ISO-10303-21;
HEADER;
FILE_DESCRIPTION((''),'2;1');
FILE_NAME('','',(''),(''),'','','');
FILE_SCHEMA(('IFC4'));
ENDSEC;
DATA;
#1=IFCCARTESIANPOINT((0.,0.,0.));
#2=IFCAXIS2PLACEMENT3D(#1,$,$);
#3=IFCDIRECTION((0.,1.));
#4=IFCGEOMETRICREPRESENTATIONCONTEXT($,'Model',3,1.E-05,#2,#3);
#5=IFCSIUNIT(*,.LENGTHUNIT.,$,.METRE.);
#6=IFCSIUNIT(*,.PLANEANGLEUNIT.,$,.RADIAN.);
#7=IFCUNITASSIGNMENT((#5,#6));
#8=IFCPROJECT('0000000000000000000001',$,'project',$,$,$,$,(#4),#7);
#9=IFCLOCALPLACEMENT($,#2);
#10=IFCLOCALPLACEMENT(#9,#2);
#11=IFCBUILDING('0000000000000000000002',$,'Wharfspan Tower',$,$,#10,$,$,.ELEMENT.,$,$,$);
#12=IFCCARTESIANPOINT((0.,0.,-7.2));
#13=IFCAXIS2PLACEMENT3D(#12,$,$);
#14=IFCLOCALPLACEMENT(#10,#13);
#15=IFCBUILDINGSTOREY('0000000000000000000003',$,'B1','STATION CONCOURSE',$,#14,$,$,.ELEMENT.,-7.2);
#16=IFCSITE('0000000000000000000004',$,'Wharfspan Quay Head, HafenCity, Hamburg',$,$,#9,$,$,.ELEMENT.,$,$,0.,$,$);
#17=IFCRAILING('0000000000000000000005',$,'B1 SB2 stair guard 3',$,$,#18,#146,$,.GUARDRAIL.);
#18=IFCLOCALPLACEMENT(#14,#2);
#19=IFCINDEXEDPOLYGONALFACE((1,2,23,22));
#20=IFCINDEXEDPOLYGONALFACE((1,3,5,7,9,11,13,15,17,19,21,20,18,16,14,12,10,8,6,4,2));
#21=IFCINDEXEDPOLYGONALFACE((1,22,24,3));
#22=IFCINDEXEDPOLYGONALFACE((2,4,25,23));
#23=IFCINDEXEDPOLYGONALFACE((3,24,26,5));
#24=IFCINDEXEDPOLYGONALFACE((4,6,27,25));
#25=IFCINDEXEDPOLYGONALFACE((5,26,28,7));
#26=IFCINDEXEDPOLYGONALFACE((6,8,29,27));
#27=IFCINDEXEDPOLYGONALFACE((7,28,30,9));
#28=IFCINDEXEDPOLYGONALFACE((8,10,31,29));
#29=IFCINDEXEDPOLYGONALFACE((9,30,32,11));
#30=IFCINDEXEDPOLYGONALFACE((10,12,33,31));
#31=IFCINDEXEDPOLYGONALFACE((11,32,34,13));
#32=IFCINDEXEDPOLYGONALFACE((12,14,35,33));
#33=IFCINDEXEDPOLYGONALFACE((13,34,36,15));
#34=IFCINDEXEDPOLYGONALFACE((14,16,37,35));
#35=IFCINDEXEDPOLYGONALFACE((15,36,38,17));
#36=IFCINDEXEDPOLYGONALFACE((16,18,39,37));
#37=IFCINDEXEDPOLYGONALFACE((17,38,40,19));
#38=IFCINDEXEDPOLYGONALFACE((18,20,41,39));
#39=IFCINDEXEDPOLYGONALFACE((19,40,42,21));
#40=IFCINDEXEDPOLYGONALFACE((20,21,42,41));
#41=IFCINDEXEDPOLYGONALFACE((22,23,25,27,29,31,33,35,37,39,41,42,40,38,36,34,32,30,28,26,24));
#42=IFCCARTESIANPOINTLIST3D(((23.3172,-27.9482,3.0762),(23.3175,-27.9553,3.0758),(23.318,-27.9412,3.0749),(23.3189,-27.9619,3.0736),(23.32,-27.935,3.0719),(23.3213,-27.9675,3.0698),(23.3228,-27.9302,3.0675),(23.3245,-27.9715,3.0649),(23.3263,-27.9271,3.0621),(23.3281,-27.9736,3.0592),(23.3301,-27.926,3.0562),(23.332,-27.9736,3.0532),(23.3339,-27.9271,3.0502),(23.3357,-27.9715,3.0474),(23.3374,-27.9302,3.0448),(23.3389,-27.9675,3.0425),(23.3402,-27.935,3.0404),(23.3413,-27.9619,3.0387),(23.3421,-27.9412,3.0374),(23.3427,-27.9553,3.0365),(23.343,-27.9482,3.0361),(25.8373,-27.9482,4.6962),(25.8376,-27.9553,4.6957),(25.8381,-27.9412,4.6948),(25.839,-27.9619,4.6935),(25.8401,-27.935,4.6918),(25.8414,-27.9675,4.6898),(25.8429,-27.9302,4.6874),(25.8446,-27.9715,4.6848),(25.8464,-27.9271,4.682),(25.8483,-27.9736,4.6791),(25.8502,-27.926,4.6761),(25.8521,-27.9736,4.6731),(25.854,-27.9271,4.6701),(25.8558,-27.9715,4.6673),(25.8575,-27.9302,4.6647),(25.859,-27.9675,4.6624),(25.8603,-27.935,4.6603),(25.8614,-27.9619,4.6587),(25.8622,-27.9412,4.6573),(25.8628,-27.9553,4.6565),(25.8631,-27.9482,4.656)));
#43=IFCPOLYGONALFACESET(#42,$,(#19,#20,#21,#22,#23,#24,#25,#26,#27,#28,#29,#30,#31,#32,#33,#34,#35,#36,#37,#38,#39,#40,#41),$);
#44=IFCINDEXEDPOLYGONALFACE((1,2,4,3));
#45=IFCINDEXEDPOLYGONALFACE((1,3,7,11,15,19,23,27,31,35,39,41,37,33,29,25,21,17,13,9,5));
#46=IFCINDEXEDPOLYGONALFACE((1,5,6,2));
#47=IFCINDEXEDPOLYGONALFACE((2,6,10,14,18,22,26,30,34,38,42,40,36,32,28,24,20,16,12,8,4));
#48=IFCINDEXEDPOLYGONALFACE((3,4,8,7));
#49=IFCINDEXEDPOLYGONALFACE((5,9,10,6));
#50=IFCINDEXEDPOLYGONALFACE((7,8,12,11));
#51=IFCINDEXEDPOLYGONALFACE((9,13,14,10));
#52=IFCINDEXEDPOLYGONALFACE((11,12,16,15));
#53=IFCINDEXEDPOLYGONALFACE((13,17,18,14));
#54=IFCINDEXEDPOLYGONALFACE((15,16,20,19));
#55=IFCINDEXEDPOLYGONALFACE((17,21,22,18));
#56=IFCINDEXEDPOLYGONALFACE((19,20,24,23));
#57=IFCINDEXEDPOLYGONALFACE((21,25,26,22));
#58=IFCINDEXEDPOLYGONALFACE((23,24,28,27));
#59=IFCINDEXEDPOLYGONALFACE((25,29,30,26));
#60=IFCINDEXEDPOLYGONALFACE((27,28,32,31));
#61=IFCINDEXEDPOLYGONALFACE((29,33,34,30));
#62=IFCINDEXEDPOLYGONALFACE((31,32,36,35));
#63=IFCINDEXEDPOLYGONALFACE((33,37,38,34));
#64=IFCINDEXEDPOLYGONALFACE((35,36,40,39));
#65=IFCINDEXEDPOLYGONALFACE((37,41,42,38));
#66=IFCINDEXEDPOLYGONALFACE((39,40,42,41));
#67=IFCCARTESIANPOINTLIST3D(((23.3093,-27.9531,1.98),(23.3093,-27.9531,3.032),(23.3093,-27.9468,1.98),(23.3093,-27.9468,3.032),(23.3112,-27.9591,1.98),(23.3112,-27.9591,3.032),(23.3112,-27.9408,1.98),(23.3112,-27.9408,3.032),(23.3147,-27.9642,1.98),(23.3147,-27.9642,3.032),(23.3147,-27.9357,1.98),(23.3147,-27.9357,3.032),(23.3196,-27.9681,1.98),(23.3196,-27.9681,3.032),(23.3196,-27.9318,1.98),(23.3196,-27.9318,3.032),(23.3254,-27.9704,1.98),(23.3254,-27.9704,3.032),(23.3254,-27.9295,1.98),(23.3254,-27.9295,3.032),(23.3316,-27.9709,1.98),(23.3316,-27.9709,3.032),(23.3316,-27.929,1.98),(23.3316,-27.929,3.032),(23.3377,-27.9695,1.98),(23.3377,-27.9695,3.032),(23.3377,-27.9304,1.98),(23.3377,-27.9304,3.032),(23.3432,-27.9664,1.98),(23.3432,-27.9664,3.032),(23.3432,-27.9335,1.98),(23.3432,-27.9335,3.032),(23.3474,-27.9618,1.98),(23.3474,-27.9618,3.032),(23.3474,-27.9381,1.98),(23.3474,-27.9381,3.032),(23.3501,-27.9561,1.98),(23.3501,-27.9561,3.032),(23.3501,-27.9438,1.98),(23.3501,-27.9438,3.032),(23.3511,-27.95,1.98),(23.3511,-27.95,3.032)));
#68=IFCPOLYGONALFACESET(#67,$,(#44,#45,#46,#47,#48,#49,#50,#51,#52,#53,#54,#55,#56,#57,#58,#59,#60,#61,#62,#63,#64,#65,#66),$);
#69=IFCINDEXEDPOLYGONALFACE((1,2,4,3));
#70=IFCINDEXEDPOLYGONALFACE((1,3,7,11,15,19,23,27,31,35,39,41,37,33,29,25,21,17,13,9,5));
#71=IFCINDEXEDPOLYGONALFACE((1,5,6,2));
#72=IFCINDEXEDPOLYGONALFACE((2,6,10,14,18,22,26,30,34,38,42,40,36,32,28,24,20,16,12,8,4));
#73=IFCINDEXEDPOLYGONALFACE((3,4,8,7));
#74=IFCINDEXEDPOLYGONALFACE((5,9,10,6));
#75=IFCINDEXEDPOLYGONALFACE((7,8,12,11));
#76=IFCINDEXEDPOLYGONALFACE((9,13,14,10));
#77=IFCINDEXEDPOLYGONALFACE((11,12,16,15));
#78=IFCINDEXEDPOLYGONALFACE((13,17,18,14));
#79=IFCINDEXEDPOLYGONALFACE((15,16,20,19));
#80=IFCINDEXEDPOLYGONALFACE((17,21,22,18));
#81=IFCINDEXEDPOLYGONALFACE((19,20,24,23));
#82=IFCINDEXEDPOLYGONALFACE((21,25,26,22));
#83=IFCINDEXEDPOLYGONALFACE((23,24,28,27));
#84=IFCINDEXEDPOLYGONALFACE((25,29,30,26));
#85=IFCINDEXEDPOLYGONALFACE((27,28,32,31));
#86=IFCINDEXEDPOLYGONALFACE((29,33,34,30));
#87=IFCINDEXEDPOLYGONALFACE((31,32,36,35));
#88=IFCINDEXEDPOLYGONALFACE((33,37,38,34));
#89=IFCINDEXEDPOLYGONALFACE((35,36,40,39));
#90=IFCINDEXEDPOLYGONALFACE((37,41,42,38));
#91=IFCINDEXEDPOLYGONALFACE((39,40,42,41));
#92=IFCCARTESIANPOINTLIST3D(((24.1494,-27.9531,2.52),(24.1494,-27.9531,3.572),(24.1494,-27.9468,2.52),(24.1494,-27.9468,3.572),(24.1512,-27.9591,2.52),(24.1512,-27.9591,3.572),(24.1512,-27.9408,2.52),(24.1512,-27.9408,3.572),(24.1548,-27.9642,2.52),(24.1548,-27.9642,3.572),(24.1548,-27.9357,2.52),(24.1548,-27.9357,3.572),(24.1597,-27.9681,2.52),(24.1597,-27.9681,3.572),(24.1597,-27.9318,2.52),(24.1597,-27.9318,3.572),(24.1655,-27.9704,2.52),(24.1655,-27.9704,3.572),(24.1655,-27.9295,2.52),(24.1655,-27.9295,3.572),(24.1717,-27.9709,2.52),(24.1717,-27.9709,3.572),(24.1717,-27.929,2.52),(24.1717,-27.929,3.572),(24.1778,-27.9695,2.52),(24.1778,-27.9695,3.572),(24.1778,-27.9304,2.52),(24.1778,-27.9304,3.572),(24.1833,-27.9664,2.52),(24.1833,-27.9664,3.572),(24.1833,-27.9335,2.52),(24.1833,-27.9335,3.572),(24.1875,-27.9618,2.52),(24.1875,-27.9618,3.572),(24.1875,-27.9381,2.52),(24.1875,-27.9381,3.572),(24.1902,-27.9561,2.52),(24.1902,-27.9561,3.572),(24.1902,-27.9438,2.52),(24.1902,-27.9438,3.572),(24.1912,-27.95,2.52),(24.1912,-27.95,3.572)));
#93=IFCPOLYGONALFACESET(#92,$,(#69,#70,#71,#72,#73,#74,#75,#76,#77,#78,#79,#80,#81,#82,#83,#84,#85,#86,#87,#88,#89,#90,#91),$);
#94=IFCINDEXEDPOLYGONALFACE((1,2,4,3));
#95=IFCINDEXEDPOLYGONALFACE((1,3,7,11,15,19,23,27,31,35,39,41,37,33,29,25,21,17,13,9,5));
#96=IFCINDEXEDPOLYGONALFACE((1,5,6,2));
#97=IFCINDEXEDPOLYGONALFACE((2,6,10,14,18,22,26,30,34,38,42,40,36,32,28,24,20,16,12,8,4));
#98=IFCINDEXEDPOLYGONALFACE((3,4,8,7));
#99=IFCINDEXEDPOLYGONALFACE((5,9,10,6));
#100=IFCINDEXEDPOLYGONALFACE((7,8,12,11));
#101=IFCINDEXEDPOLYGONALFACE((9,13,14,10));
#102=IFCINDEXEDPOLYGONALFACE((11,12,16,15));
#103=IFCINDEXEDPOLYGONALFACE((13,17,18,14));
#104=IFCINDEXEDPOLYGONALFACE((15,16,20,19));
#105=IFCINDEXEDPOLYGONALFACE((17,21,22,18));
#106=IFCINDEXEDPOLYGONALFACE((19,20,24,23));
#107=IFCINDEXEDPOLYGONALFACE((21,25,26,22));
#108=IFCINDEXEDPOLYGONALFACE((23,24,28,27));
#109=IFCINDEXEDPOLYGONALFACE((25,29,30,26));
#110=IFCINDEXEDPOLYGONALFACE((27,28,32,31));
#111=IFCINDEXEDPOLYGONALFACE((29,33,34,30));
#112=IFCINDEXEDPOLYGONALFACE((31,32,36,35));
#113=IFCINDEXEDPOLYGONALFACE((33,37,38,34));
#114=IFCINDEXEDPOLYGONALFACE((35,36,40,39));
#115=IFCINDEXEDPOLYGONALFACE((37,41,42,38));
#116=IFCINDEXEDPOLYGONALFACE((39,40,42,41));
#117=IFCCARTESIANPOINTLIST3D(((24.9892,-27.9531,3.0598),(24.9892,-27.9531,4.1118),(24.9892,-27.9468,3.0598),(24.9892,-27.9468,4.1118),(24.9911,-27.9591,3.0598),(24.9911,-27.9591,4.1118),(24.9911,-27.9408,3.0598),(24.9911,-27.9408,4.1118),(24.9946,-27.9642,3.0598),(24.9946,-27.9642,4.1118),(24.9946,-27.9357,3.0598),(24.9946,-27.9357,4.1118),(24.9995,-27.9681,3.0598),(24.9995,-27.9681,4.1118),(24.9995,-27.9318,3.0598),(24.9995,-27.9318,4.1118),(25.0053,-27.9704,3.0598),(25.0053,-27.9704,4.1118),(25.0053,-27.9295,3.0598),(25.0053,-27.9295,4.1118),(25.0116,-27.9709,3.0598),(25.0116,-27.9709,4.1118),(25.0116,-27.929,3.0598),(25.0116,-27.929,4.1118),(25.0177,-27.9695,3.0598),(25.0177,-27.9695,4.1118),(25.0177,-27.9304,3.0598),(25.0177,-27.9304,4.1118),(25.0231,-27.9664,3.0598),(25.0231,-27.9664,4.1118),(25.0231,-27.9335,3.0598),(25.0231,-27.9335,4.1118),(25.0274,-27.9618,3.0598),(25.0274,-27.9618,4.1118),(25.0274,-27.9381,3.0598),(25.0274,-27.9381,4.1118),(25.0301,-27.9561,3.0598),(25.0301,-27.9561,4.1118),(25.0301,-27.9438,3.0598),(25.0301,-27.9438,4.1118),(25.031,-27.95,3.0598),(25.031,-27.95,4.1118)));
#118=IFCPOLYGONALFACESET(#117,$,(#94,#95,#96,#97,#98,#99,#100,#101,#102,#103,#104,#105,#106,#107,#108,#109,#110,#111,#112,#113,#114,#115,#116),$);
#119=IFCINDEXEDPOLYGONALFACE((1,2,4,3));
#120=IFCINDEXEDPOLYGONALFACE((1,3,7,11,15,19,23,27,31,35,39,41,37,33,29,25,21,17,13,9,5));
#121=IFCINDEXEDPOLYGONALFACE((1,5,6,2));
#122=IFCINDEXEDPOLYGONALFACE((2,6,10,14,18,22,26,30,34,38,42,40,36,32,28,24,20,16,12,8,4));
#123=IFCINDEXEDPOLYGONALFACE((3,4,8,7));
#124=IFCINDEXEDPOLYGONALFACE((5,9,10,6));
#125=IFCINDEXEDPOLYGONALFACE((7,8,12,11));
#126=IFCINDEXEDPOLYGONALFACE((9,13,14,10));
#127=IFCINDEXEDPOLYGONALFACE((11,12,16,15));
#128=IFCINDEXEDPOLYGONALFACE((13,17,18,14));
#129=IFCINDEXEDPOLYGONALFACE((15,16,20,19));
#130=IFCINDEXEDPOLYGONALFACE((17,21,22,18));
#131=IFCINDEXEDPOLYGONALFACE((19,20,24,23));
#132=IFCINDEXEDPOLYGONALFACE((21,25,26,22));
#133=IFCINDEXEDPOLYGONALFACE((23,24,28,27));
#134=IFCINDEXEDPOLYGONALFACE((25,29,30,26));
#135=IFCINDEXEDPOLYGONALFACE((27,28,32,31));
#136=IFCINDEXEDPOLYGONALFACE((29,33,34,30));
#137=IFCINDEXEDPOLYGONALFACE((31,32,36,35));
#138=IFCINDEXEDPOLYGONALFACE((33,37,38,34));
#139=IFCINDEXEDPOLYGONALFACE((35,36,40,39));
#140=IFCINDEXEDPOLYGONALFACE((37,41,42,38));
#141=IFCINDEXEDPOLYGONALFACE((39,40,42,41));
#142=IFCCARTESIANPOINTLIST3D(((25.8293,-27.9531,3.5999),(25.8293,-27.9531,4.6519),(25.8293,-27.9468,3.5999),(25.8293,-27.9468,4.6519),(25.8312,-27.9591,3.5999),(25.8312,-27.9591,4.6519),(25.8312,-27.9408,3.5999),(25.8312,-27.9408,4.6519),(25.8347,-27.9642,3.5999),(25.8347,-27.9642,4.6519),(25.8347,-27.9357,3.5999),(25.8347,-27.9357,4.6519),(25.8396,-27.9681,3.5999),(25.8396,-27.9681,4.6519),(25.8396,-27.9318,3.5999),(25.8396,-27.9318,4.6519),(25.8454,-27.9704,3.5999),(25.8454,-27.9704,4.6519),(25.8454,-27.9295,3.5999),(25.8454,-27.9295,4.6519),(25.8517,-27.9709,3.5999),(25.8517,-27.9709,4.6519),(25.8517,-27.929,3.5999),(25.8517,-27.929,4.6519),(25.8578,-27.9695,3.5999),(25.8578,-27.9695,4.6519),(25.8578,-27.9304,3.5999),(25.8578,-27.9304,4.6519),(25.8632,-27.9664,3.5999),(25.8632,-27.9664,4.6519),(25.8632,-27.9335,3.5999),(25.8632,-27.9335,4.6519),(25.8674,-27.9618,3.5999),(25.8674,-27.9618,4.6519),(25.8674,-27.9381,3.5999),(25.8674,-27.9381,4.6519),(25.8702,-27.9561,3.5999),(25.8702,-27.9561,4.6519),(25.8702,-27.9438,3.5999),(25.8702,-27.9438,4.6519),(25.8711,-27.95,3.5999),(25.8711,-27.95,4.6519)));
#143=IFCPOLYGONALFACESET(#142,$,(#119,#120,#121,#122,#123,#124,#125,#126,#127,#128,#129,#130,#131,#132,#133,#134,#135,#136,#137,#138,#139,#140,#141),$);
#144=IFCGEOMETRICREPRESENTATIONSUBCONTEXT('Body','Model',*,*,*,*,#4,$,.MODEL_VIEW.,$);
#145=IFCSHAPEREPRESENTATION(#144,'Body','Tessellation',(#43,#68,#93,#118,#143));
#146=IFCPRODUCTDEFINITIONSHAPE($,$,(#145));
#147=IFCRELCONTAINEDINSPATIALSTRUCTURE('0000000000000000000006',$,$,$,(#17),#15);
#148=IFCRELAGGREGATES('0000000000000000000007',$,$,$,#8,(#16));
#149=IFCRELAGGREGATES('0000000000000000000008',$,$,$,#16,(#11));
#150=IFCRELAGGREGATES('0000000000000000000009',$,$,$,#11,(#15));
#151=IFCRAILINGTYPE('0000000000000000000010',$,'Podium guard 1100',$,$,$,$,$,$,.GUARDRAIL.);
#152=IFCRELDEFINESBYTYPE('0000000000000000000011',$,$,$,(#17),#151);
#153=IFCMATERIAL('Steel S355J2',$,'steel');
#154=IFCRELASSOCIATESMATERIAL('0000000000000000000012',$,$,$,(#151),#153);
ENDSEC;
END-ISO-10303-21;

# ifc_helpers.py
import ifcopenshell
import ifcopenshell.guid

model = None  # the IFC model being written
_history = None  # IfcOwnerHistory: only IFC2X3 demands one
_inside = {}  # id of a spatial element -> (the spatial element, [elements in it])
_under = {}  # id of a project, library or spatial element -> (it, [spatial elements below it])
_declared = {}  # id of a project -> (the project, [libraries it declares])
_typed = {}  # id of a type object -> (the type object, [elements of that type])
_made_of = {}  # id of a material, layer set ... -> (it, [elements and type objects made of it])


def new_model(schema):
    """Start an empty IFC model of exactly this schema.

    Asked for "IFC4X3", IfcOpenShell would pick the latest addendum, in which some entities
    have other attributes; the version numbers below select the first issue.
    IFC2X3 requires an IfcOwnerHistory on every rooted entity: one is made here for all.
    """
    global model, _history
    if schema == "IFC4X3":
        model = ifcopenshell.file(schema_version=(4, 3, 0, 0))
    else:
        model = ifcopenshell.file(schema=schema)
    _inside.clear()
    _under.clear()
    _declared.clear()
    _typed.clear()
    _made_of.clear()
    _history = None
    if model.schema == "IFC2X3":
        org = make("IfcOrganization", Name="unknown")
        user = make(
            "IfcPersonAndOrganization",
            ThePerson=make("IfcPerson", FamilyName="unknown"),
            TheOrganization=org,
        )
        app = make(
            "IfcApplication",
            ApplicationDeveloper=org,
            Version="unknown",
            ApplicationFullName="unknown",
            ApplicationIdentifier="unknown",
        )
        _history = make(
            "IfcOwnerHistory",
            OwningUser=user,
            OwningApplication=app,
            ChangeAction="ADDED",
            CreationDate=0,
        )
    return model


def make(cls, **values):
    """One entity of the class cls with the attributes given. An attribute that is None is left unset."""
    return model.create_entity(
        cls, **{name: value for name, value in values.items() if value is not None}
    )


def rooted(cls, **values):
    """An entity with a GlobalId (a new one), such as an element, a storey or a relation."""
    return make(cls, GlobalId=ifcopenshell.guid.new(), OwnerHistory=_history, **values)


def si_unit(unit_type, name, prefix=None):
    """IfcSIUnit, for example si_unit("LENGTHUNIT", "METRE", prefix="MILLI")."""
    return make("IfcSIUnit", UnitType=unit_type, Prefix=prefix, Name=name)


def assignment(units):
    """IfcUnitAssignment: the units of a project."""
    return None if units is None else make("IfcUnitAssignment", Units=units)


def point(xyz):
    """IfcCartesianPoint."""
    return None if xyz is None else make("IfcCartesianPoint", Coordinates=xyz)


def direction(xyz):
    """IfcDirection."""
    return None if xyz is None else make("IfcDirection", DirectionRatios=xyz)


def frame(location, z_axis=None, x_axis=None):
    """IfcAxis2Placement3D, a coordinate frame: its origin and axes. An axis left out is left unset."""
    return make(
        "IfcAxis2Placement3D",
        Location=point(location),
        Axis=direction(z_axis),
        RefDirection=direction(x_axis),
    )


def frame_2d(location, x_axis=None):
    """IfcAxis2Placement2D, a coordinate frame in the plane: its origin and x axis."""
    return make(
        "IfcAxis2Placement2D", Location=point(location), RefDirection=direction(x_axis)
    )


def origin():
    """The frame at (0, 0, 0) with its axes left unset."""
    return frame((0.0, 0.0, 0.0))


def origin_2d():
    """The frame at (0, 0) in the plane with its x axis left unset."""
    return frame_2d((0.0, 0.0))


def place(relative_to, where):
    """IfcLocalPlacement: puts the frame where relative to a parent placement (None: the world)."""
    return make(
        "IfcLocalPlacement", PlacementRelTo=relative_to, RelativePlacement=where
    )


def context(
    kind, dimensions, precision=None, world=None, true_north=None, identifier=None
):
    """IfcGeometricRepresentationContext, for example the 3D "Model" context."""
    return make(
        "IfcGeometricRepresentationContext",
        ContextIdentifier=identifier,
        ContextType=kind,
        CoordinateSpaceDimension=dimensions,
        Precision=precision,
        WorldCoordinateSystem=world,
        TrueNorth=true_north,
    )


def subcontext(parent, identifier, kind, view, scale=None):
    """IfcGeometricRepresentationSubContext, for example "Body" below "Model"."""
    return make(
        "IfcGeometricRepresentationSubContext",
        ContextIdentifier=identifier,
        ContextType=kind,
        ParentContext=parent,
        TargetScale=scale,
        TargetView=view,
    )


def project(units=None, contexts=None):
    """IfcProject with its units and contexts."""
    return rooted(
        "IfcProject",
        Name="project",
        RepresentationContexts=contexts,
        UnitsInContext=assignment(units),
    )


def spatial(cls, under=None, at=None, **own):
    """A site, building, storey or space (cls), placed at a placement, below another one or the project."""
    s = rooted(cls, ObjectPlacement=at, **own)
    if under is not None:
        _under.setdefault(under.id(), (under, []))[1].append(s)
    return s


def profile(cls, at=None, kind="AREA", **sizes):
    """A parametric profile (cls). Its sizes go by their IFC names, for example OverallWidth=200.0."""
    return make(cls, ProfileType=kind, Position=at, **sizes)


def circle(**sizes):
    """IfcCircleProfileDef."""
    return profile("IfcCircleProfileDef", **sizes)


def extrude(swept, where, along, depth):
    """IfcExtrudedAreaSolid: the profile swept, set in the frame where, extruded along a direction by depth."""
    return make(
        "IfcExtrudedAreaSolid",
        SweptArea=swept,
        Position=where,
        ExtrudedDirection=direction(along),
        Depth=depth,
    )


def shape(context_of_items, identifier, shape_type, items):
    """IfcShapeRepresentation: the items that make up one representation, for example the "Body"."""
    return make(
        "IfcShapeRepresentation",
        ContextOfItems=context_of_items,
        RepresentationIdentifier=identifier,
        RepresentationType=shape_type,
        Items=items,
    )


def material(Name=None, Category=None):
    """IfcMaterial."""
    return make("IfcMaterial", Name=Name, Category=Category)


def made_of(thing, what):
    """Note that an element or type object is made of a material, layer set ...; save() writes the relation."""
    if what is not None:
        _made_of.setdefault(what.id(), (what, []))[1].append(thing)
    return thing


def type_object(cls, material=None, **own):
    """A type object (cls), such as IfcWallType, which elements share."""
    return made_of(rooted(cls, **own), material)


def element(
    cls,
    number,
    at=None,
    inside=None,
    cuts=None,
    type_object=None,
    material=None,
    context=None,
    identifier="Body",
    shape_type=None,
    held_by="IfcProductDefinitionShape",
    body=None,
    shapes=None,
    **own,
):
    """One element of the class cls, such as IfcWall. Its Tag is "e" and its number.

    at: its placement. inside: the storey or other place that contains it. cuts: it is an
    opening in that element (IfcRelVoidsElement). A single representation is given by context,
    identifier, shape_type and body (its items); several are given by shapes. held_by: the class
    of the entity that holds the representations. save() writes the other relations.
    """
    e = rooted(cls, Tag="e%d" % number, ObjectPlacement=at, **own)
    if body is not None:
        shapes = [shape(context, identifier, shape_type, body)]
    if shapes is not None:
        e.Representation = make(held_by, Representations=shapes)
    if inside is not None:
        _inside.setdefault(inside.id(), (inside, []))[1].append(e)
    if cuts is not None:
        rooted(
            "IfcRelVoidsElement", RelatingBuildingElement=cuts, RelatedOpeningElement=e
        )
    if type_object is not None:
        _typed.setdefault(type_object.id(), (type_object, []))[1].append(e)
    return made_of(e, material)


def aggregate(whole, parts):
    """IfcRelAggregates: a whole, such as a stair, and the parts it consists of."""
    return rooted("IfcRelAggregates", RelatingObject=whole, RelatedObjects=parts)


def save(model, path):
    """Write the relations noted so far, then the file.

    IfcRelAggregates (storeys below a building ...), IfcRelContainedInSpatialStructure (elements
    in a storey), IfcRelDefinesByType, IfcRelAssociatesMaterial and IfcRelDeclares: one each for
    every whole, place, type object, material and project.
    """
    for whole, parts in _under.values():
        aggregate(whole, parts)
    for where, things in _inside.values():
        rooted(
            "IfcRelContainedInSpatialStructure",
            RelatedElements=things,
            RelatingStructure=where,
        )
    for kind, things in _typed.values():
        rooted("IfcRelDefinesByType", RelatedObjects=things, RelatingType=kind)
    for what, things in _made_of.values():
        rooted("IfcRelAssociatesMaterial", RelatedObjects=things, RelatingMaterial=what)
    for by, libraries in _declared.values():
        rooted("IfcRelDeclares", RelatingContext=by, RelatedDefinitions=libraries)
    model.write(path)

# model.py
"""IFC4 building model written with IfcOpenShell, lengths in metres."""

from ifc_helpers import new_model, si_unit, direction, frame, origin, origin_2d, place, context, subcontext, project, spatial, circle, extrude, material, type_object, element, save


model = new_model("IFC4")

# Units and contexts
model_context = context("Model", 3, precision=1e-05, world=origin(), true_north=direction((0.0, 1.0)))
body_context = subcontext(model_context, "Body", "Model", "MODEL_VIEW")
ifc_project = project(units=[si_unit("LENGTHUNIT", "METRE"), si_unit("PLANEANGLEUNIT", "RADIAN")], contexts=[model_context])

# Site, building, storey
site_placement = place(None, origin())
site = spatial("IfcSite", under=ifc_project, at=site_placement, Name="Wharfspan Quay Head, HafenCity, Hamburg", CompositionType="ELEMENT", RefElevation=0.0)
building_placement = place(site_placement, origin())
building = spatial("IfcBuilding", under=site, at=building_placement, Name="Wharfspan Tower", CompositionType="ELEMENT")
storey_placement = place(building_placement, frame((0.0, 0.0, -7.2)))
storey = spatial("IfcBuildingStorey", under=building, at=storey_placement, Name="B1", Description="STATION CONCOURSE", CompositionType="ELEMENT", Elevation=-7.2)

# Railing
ifc_material_1 = material(Name="Steel S355J2", Category="steel")
railing_type_1 = type_object("IfcRailingType", Name="Podium guard 1100", PredefinedType="GUARDRAIL", material=ifc_material_1)
railing_1_placement = place(storey_placement, frame((23.3301, -27.95, 1.98)))
element("IfcRailing", 1, at=railing_1_placement, inside=storey, type_object=railing_type_1, Name="B1 SB2 stair guard 3", PredefinedType="GUARDRAIL", context=body_context, shape_type="SweptSolid", body=[
    extrude(circle(Radius=0.0239, at=origin_2d()), frame((0.0, 0.0, 1.0762), z_axis=(0.8412, 0.0, 0.540725), x_axis=(0.0, 1.0, 0.0)), (0.0, 0.0, 1.0), 2.9958),
    extrude(circle(Radius=0.021, at=origin_2d()), origin(), (0.0, 0.0, 1.0), 1.052),
    extrude(circle(Radius=0.021, at=origin_2d()), frame((0.8401, 0.0, 0.54)), (0.0, 0.0, 1.0), 1.052),
    extrude(circle(Radius=0.021, at=origin_2d()), frame((1.6799, 0.0, 1.0798)), (0.0, 0.0, 1.0), 1.052),
    extrude(circle(Radius=0.021, at=origin_2d()), frame((2.52, 0.0, 1.6199)), (0.0, 0.0, 1.0), 1.052),
])

save(model, "model.ifc")
